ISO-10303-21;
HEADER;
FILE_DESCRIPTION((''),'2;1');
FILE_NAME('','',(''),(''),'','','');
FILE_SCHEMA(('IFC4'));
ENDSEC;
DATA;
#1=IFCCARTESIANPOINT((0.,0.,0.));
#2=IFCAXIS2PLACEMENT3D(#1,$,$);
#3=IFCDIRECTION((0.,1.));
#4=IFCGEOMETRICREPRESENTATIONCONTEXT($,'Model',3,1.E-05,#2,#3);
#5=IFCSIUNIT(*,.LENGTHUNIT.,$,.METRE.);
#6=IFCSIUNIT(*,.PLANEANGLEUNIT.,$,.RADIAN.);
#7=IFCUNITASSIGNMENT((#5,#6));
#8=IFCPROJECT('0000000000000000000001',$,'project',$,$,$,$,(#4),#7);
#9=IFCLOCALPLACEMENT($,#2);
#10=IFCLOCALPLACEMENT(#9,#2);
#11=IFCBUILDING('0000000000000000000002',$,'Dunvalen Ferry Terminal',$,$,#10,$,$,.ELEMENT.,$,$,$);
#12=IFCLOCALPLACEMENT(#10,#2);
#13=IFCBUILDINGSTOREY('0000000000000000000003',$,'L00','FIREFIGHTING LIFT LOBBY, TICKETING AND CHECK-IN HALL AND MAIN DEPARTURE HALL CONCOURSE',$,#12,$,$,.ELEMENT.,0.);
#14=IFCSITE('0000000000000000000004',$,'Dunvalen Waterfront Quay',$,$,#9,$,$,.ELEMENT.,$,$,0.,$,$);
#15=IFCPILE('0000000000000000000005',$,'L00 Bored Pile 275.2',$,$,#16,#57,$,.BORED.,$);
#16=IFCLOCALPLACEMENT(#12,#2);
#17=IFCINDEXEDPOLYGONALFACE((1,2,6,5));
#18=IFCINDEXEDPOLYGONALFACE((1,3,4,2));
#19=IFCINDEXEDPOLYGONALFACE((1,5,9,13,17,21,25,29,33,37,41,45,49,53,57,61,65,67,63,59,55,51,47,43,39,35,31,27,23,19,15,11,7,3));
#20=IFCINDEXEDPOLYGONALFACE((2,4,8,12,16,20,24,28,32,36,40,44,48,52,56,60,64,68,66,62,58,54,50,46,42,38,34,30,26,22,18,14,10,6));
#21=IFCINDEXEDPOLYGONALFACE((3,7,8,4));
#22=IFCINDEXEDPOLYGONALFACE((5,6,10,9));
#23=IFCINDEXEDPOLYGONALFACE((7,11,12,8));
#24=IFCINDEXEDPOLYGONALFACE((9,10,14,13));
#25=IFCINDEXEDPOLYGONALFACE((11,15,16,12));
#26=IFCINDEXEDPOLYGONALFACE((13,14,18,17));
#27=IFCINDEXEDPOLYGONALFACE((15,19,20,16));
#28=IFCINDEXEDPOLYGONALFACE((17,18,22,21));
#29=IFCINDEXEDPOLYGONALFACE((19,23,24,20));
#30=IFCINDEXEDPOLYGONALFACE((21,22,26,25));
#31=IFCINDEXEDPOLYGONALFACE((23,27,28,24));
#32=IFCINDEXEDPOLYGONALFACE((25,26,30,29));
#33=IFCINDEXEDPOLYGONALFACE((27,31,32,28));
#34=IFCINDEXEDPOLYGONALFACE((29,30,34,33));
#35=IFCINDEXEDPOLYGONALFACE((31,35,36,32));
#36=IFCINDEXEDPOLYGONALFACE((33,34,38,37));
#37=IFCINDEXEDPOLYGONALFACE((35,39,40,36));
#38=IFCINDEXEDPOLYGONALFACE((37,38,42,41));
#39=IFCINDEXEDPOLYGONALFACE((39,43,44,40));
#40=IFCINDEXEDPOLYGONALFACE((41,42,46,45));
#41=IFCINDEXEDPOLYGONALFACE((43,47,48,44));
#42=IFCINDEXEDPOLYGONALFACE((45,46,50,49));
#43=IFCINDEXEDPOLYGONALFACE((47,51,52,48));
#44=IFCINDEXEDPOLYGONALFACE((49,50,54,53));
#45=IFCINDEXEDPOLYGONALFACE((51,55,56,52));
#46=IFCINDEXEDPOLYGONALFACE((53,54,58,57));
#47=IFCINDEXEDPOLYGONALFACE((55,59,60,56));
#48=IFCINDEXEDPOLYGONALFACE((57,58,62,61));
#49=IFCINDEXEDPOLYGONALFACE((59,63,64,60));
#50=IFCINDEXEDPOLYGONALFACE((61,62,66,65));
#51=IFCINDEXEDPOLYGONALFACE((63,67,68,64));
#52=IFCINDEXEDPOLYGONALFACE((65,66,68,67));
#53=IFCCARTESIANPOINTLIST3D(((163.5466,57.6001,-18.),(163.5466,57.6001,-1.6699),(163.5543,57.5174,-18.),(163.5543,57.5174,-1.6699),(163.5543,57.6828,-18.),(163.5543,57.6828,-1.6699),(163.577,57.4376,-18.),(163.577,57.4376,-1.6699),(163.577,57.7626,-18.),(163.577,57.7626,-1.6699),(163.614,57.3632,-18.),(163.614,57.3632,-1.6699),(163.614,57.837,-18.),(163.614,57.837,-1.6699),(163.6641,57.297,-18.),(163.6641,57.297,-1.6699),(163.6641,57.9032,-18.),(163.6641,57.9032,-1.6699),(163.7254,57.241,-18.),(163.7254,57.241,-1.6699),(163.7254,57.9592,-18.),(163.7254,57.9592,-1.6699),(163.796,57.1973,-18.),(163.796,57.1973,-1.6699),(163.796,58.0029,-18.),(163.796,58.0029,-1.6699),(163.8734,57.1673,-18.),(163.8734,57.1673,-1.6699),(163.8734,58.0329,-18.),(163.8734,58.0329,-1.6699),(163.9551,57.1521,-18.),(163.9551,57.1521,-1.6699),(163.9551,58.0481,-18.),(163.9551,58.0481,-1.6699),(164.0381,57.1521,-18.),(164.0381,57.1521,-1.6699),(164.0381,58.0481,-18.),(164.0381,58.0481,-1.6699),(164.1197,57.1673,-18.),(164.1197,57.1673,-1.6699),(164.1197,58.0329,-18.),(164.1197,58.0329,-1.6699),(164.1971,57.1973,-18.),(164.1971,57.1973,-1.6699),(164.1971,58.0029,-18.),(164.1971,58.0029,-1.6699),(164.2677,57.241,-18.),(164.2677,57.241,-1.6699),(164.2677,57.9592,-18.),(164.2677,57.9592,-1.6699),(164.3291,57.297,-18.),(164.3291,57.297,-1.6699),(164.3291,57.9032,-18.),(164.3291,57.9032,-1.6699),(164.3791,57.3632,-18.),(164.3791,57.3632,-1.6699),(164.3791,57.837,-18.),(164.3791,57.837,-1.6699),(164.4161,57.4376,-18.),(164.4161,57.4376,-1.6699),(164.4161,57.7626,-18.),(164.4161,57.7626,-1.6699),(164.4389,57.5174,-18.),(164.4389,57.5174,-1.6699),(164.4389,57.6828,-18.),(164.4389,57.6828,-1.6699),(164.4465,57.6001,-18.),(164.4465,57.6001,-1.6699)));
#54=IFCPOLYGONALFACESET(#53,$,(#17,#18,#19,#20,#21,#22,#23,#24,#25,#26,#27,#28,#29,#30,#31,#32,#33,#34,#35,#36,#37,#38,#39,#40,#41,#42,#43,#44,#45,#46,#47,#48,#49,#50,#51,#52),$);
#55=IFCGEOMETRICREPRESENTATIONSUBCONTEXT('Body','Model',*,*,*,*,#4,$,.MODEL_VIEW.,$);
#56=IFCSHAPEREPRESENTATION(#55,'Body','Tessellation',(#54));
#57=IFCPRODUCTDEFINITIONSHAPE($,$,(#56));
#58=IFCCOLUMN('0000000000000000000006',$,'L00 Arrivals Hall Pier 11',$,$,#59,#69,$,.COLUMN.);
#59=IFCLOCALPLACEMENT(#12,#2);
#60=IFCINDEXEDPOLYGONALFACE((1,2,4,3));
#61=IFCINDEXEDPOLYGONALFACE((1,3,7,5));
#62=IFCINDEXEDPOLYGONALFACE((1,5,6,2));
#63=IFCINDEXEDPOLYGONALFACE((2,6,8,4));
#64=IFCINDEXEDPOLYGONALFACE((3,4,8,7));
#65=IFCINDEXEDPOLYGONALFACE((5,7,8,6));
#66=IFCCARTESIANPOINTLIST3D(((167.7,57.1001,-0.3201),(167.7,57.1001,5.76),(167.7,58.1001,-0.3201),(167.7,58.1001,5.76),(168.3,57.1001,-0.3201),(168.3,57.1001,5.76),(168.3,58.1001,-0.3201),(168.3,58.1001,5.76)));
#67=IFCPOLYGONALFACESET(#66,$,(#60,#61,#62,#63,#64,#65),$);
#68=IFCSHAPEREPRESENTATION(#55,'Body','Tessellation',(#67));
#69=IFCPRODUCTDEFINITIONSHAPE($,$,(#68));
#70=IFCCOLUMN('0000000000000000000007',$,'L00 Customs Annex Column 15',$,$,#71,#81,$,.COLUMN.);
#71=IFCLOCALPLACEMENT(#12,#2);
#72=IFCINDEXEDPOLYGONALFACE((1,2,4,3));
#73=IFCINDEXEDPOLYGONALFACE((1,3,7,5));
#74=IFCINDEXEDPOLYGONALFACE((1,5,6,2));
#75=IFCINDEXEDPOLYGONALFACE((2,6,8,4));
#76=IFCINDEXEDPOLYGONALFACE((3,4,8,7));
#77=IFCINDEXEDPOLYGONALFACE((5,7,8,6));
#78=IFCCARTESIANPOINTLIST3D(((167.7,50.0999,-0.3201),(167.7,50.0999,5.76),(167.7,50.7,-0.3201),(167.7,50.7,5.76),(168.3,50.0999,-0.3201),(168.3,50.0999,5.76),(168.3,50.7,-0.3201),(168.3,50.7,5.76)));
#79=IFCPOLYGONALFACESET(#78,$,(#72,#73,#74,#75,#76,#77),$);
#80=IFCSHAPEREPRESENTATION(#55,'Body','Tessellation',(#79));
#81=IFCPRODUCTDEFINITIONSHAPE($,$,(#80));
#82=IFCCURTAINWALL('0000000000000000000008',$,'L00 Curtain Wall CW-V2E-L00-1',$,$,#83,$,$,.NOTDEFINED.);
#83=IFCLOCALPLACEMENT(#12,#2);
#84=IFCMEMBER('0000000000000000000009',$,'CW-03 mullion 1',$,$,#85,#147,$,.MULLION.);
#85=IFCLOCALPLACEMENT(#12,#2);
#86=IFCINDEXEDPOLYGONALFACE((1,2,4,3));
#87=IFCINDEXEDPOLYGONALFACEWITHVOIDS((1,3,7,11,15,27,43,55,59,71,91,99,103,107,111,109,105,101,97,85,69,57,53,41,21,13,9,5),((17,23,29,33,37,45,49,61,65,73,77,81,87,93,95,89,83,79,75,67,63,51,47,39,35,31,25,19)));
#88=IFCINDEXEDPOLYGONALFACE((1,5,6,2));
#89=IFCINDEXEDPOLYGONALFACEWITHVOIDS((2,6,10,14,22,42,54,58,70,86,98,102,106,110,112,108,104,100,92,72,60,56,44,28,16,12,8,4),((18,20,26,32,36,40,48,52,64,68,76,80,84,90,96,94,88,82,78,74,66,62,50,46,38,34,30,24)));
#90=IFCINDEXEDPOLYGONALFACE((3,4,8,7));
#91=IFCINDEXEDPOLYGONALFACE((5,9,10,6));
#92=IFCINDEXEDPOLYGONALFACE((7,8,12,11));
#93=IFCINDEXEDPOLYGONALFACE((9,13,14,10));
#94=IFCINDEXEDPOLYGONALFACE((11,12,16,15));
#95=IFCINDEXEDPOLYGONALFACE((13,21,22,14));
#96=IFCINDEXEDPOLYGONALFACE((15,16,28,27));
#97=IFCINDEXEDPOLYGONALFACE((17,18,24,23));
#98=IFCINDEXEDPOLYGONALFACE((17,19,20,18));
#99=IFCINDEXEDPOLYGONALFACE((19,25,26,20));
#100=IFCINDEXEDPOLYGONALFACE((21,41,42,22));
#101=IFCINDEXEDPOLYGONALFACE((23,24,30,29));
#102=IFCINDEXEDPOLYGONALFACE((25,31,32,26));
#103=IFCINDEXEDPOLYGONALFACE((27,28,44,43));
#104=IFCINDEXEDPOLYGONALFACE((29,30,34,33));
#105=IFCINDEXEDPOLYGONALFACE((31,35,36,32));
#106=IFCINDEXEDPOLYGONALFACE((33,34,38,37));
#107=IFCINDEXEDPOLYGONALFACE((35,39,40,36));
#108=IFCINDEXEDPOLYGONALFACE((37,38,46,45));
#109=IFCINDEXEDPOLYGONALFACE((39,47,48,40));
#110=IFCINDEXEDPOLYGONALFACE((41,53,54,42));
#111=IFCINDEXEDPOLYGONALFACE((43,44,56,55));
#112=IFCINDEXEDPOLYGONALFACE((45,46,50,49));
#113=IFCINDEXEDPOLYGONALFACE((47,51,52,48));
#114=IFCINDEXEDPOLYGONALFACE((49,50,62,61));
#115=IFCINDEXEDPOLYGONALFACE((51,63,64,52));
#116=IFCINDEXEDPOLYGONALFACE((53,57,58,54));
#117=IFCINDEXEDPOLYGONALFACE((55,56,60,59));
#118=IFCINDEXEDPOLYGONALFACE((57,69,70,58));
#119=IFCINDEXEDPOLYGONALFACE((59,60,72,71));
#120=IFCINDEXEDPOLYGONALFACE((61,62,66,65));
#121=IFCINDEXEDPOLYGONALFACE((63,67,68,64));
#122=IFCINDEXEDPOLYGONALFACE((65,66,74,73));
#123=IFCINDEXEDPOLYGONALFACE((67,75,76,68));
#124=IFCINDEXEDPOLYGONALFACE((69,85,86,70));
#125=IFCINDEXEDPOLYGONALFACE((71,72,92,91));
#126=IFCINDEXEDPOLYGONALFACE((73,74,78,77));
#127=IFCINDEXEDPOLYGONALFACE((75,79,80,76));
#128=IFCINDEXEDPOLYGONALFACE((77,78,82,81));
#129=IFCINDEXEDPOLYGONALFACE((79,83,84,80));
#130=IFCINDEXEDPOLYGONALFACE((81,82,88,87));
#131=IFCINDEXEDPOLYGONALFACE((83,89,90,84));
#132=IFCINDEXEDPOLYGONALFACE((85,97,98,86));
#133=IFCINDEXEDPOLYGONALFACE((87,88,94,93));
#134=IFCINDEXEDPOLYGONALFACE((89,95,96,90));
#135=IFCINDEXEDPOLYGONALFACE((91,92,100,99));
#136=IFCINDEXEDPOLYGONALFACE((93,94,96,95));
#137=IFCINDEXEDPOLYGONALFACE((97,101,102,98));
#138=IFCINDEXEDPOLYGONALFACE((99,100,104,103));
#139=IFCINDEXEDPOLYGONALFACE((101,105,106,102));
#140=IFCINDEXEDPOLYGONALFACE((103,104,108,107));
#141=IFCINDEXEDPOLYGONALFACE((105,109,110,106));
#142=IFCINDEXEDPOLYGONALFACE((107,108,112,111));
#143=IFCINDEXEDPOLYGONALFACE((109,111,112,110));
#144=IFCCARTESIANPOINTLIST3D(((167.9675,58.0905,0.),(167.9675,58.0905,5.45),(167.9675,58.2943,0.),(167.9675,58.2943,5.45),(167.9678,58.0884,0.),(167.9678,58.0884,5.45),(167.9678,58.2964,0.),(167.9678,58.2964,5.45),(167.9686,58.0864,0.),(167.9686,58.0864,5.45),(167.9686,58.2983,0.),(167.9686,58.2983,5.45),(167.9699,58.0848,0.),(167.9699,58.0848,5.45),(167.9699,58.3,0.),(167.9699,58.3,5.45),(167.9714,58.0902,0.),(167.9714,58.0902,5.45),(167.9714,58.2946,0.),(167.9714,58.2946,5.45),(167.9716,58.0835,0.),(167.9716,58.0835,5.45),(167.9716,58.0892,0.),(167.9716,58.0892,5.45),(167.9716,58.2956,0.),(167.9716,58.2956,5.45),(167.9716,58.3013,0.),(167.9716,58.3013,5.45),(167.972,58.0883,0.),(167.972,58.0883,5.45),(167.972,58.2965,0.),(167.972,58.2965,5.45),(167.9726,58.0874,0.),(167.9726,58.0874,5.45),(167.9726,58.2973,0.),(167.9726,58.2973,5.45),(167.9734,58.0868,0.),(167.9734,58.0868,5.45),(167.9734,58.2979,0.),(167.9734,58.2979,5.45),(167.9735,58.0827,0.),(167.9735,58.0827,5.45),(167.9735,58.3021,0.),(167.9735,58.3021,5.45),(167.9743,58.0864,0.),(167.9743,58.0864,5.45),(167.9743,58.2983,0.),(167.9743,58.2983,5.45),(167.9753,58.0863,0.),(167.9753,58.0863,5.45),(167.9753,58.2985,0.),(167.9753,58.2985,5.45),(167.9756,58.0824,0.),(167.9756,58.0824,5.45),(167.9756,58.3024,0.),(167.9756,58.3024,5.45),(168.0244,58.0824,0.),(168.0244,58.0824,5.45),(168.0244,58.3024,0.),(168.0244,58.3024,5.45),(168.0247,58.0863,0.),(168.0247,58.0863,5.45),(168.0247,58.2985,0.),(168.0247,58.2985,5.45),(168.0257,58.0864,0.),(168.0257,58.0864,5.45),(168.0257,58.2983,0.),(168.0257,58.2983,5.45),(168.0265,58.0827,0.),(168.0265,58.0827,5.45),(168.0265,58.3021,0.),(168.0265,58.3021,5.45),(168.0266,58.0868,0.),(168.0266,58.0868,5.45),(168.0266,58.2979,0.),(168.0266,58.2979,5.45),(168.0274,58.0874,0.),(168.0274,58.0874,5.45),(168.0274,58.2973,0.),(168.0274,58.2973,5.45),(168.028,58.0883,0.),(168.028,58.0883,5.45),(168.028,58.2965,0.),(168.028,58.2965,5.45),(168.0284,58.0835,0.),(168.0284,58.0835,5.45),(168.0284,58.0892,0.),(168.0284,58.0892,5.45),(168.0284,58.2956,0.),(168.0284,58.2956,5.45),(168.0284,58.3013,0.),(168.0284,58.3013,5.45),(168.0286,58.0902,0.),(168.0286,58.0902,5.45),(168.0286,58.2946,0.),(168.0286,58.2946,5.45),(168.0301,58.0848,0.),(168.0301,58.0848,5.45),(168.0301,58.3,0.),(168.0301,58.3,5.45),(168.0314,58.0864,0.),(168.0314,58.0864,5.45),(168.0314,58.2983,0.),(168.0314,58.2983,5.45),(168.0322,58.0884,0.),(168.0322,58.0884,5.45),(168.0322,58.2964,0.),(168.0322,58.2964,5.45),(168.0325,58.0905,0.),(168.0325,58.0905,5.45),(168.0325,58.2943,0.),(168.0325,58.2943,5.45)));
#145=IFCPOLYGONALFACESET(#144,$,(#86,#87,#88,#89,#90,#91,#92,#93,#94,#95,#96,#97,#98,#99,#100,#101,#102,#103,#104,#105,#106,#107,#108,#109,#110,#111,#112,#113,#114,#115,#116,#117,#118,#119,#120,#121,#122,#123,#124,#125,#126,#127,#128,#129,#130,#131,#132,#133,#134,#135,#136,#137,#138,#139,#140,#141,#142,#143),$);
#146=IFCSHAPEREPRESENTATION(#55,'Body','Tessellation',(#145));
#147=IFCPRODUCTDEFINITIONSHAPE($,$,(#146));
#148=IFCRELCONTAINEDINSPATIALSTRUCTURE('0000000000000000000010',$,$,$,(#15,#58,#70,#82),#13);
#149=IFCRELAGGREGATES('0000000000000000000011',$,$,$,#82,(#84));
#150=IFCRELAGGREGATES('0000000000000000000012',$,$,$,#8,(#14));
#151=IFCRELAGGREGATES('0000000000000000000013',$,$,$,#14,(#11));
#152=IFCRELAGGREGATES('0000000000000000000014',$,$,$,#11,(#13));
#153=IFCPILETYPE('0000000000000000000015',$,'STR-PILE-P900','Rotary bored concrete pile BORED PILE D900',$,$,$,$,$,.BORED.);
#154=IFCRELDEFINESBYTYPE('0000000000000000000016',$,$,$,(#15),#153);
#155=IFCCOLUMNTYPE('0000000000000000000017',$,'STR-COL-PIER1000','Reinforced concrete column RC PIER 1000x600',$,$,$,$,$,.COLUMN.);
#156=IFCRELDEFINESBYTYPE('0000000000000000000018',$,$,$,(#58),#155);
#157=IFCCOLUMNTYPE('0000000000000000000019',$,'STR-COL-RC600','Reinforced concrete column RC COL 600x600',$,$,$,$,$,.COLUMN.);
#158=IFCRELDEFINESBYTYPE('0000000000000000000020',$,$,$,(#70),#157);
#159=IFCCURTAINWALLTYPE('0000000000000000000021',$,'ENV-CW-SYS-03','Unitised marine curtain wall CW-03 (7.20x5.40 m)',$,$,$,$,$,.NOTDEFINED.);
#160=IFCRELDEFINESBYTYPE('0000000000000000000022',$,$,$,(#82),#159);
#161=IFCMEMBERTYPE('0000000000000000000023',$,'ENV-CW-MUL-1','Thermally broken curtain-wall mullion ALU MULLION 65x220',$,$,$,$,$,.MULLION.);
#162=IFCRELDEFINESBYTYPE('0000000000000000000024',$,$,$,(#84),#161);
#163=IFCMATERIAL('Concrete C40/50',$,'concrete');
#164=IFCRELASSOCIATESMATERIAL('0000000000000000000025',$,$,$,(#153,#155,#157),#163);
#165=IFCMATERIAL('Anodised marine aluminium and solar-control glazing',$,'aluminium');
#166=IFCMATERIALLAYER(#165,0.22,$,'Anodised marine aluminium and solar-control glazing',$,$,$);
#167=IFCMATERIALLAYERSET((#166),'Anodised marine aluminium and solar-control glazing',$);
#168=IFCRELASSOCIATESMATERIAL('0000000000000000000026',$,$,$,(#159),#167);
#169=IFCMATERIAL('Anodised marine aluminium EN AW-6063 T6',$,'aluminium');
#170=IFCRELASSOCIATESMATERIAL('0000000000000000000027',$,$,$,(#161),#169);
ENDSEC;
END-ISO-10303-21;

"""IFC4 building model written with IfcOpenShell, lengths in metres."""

from ifc_helpers import new_model, si_unit, direction, frame, origin, origin_2d, place, context, subcontext, project, spatial, rectangle, hollow_rectangle, circle, extrude, material, layer, layer_set, material_profile, profile_set, type_object, element, aggregate, save


model = new_model("IFC4")

# Units and contexts
model_context = context("Model", 3, precision=1e-05, world=origin(), true_north=direction((0.0, 1.0)))
body_context = subcontext(model_context, "Body", "Model", "MODEL_VIEW")
ifc_project = project(units=[si_unit("LENGTHUNIT", "METRE"), si_unit("PLANEANGLEUNIT", "RADIAN")], contexts=[model_context])

# Site, building, storey
site_placement = place(None, origin())
site = spatial("IfcSite", under=ifc_project, at=site_placement, Name="Dunvalen Waterfront Quay", CompositionType="ELEMENT", RefElevation=0.0)
building_placement = place(site_placement, origin())
building = spatial("IfcBuilding", under=site, at=building_placement, Name="Dunvalen Ferry Terminal", CompositionType="ELEMENT")
storey_placement = place(building_placement, origin())
storey = spatial("IfcBuildingStorey", under=building, at=storey_placement, Name="L00", Description="FIREFIGHTING LIFT LOBBY, TICKETING AND CHECK-IN HALL AND MAIN DEPARTURE HALL CONCOURSE", CompositionType="ELEMENT", Elevation=0.0)

# Shared definitions
ifc_material_1 = material(Name="Concrete C40/50", Category="concrete")

# Pile
ifc_material_profile_1 = material_profile(ifc_material_1, circle(Radius=0.45, at=origin_2d()), Name="Concrete C40/50")
ifc_profile_set_1 = profile_set([ifc_material_profile_1], Name="Concrete C40/50")
pile_type_1 = type_object("IfcPileType", Name="STR-PILE-P900", Description="Rotary bored concrete pile BORED PILE D900", PredefinedType="BORED", material=ifc_profile_set_1)
pile_1_placement = place(storey_placement, frame((163.9966, 57.6001, -1.6699), z_axis=(0.0, 0.0, -1.0), x_axis=(1.0, 0.0, 0.0)))
element("IfcPile", 1, at=pile_1_placement, inside=storey, type_object=pile_type_1, Name="L00 Bored Pile 275.2", PredefinedType="BORED", context=body_context, shape_type="SweptSolid", body=[
    extrude(circle(Radius=0.45, at=origin_2d()), origin(), (0.0, 0.0, 1.0), 16.3301),
])

# Columns
ifc_material_profile_2 = material_profile(ifc_material_1, rectangle(XDim=0.6001, YDim=1.0, at=origin_2d()), Name="Concrete C40/50")
ifc_profile_set_2 = profile_set([ifc_material_profile_2], Name="Concrete C40/50")
column_type_1 = type_object("IfcColumnType", Name="STR-COL-PIER1000", Description="Reinforced concrete column RC PIER 1000x600", PredefinedType="COLUMN", material=ifc_profile_set_2)
column_1_placement = place(storey_placement, frame((168.0, 57.6001, -0.3201), z_axis=(0.0, 0.0, 1.0), x_axis=(1.0, 0.0, 0.0)))
element("IfcColumn", 2, at=column_1_placement, inside=storey, type_object=column_type_1, Name="L00 Arrivals Hall Pier 11", PredefinedType="COLUMN", context=body_context, shape_type="SweptSolid", body=[
    extrude(rectangle(XDim=0.6001, YDim=1.0, at=origin_2d()), origin(), (0.0, 0.0, 1.0), 6.0801),
])
ifc_material_profile_3 = material_profile(ifc_material_1, rectangle(XDim=0.6001, YDim=0.6001, at=origin_2d()), Name="Concrete C40/50")
ifc_profile_set_3 = profile_set([ifc_material_profile_3], Name="Concrete C40/50")
column_type_2 = type_object("IfcColumnType", Name="STR-COL-RC600", Description="Reinforced concrete column RC COL 600x600", PredefinedType="COLUMN", material=ifc_profile_set_3)
column_2_placement = place(storey_placement, frame((168.0, 50.3999, -0.3201), z_axis=(0.0, 0.0, 1.0), x_axis=(1.0, 0.0, 0.0)))
element("IfcColumn", 3, at=column_2_placement, inside=storey, type_object=column_type_2, Name="L00 Customs Annex Column 15", PredefinedType="COLUMN", context=body_context, shape_type="SweptSolid", body=[
    extrude(rectangle(XDim=0.6001, YDim=0.6001, at=origin_2d()), origin(), (0.0, 0.0, 1.0), 6.0801),
])

# Curtain wall, member
ifc_material_2 = material(Name="Anodised marine aluminium and solar-control glazing", Category="aluminium")
ifc_layer_1 = layer(ifc_material_2, 0.22, Name="Anodised marine aluminium and solar-control glazing")
ifc_layer_set_1 = layer_set([ifc_layer_1], Name="Anodised marine aluminium and solar-control glazing")
curtain_wall_type = type_object("IfcCurtainWallType", Name="ENV-CW-SYS-03", Description="Unitised marine curtain wall CW-03 (7.20x5.40 m)", PredefinedType="NOTDEFINED", material=ifc_layer_set_1)
curtain_wall_placement = place(storey_placement, origin())
curtain_wall = element("IfcCurtainWall", 4, at=curtain_wall_placement, inside=storey, type_object=curtain_wall_type, Name="L00 Curtain Wall CW-V2E-L00-1", PredefinedType="NOTDEFINED")
ifc_material_3 = material(Name="Anodised marine aluminium EN AW-6063 T6", Category="aluminium")
ifc_material_profile_4 = material_profile(ifc_material_3, hollow_rectangle(XDim=0.0649, YDim=0.22, WallThickness=0.0039, InnerFilletRadius=0.0039, OuterFilletRadius=0.0081, at=origin_2d()), Name="Anodised marine aluminium EN AW-6063 T6")
ifc_profile_set_4 = profile_set([ifc_material_profile_4], Name="Anodised marine aluminium EN AW-6063 T6")
member_type_1 = type_object("IfcMemberType", Name="ENV-CW-MUL-1", Description="Thermally broken curtain-wall mullion ALU MULLION 65x220", PredefinedType="MULLION", material=ifc_profile_set_4)
member_1_placement = place(storey_placement, frame((168.0, 58.1924, 0.0), z_axis=(0.0, 0.0, 1.0), x_axis=(-1.0, 0.0, 0.0)))
member_1 = element("IfcMember", 5, at=member_1_placement, type_object=member_type_1, Name="CW-03 mullion 1", PredefinedType="MULLION", context=body_context, shape_type="SweptSolid", body=[
    extrude(hollow_rectangle(XDim=0.0649, YDim=0.22, WallThickness=0.0039, InnerFilletRadius=0.0039, OuterFilletRadius=0.0081, at=origin_2d()), origin(), (0.0, 0.0, 1.0), 5.45),
])
aggregate(curtain_wall, [member_1])

save(model, "model.ifc")
